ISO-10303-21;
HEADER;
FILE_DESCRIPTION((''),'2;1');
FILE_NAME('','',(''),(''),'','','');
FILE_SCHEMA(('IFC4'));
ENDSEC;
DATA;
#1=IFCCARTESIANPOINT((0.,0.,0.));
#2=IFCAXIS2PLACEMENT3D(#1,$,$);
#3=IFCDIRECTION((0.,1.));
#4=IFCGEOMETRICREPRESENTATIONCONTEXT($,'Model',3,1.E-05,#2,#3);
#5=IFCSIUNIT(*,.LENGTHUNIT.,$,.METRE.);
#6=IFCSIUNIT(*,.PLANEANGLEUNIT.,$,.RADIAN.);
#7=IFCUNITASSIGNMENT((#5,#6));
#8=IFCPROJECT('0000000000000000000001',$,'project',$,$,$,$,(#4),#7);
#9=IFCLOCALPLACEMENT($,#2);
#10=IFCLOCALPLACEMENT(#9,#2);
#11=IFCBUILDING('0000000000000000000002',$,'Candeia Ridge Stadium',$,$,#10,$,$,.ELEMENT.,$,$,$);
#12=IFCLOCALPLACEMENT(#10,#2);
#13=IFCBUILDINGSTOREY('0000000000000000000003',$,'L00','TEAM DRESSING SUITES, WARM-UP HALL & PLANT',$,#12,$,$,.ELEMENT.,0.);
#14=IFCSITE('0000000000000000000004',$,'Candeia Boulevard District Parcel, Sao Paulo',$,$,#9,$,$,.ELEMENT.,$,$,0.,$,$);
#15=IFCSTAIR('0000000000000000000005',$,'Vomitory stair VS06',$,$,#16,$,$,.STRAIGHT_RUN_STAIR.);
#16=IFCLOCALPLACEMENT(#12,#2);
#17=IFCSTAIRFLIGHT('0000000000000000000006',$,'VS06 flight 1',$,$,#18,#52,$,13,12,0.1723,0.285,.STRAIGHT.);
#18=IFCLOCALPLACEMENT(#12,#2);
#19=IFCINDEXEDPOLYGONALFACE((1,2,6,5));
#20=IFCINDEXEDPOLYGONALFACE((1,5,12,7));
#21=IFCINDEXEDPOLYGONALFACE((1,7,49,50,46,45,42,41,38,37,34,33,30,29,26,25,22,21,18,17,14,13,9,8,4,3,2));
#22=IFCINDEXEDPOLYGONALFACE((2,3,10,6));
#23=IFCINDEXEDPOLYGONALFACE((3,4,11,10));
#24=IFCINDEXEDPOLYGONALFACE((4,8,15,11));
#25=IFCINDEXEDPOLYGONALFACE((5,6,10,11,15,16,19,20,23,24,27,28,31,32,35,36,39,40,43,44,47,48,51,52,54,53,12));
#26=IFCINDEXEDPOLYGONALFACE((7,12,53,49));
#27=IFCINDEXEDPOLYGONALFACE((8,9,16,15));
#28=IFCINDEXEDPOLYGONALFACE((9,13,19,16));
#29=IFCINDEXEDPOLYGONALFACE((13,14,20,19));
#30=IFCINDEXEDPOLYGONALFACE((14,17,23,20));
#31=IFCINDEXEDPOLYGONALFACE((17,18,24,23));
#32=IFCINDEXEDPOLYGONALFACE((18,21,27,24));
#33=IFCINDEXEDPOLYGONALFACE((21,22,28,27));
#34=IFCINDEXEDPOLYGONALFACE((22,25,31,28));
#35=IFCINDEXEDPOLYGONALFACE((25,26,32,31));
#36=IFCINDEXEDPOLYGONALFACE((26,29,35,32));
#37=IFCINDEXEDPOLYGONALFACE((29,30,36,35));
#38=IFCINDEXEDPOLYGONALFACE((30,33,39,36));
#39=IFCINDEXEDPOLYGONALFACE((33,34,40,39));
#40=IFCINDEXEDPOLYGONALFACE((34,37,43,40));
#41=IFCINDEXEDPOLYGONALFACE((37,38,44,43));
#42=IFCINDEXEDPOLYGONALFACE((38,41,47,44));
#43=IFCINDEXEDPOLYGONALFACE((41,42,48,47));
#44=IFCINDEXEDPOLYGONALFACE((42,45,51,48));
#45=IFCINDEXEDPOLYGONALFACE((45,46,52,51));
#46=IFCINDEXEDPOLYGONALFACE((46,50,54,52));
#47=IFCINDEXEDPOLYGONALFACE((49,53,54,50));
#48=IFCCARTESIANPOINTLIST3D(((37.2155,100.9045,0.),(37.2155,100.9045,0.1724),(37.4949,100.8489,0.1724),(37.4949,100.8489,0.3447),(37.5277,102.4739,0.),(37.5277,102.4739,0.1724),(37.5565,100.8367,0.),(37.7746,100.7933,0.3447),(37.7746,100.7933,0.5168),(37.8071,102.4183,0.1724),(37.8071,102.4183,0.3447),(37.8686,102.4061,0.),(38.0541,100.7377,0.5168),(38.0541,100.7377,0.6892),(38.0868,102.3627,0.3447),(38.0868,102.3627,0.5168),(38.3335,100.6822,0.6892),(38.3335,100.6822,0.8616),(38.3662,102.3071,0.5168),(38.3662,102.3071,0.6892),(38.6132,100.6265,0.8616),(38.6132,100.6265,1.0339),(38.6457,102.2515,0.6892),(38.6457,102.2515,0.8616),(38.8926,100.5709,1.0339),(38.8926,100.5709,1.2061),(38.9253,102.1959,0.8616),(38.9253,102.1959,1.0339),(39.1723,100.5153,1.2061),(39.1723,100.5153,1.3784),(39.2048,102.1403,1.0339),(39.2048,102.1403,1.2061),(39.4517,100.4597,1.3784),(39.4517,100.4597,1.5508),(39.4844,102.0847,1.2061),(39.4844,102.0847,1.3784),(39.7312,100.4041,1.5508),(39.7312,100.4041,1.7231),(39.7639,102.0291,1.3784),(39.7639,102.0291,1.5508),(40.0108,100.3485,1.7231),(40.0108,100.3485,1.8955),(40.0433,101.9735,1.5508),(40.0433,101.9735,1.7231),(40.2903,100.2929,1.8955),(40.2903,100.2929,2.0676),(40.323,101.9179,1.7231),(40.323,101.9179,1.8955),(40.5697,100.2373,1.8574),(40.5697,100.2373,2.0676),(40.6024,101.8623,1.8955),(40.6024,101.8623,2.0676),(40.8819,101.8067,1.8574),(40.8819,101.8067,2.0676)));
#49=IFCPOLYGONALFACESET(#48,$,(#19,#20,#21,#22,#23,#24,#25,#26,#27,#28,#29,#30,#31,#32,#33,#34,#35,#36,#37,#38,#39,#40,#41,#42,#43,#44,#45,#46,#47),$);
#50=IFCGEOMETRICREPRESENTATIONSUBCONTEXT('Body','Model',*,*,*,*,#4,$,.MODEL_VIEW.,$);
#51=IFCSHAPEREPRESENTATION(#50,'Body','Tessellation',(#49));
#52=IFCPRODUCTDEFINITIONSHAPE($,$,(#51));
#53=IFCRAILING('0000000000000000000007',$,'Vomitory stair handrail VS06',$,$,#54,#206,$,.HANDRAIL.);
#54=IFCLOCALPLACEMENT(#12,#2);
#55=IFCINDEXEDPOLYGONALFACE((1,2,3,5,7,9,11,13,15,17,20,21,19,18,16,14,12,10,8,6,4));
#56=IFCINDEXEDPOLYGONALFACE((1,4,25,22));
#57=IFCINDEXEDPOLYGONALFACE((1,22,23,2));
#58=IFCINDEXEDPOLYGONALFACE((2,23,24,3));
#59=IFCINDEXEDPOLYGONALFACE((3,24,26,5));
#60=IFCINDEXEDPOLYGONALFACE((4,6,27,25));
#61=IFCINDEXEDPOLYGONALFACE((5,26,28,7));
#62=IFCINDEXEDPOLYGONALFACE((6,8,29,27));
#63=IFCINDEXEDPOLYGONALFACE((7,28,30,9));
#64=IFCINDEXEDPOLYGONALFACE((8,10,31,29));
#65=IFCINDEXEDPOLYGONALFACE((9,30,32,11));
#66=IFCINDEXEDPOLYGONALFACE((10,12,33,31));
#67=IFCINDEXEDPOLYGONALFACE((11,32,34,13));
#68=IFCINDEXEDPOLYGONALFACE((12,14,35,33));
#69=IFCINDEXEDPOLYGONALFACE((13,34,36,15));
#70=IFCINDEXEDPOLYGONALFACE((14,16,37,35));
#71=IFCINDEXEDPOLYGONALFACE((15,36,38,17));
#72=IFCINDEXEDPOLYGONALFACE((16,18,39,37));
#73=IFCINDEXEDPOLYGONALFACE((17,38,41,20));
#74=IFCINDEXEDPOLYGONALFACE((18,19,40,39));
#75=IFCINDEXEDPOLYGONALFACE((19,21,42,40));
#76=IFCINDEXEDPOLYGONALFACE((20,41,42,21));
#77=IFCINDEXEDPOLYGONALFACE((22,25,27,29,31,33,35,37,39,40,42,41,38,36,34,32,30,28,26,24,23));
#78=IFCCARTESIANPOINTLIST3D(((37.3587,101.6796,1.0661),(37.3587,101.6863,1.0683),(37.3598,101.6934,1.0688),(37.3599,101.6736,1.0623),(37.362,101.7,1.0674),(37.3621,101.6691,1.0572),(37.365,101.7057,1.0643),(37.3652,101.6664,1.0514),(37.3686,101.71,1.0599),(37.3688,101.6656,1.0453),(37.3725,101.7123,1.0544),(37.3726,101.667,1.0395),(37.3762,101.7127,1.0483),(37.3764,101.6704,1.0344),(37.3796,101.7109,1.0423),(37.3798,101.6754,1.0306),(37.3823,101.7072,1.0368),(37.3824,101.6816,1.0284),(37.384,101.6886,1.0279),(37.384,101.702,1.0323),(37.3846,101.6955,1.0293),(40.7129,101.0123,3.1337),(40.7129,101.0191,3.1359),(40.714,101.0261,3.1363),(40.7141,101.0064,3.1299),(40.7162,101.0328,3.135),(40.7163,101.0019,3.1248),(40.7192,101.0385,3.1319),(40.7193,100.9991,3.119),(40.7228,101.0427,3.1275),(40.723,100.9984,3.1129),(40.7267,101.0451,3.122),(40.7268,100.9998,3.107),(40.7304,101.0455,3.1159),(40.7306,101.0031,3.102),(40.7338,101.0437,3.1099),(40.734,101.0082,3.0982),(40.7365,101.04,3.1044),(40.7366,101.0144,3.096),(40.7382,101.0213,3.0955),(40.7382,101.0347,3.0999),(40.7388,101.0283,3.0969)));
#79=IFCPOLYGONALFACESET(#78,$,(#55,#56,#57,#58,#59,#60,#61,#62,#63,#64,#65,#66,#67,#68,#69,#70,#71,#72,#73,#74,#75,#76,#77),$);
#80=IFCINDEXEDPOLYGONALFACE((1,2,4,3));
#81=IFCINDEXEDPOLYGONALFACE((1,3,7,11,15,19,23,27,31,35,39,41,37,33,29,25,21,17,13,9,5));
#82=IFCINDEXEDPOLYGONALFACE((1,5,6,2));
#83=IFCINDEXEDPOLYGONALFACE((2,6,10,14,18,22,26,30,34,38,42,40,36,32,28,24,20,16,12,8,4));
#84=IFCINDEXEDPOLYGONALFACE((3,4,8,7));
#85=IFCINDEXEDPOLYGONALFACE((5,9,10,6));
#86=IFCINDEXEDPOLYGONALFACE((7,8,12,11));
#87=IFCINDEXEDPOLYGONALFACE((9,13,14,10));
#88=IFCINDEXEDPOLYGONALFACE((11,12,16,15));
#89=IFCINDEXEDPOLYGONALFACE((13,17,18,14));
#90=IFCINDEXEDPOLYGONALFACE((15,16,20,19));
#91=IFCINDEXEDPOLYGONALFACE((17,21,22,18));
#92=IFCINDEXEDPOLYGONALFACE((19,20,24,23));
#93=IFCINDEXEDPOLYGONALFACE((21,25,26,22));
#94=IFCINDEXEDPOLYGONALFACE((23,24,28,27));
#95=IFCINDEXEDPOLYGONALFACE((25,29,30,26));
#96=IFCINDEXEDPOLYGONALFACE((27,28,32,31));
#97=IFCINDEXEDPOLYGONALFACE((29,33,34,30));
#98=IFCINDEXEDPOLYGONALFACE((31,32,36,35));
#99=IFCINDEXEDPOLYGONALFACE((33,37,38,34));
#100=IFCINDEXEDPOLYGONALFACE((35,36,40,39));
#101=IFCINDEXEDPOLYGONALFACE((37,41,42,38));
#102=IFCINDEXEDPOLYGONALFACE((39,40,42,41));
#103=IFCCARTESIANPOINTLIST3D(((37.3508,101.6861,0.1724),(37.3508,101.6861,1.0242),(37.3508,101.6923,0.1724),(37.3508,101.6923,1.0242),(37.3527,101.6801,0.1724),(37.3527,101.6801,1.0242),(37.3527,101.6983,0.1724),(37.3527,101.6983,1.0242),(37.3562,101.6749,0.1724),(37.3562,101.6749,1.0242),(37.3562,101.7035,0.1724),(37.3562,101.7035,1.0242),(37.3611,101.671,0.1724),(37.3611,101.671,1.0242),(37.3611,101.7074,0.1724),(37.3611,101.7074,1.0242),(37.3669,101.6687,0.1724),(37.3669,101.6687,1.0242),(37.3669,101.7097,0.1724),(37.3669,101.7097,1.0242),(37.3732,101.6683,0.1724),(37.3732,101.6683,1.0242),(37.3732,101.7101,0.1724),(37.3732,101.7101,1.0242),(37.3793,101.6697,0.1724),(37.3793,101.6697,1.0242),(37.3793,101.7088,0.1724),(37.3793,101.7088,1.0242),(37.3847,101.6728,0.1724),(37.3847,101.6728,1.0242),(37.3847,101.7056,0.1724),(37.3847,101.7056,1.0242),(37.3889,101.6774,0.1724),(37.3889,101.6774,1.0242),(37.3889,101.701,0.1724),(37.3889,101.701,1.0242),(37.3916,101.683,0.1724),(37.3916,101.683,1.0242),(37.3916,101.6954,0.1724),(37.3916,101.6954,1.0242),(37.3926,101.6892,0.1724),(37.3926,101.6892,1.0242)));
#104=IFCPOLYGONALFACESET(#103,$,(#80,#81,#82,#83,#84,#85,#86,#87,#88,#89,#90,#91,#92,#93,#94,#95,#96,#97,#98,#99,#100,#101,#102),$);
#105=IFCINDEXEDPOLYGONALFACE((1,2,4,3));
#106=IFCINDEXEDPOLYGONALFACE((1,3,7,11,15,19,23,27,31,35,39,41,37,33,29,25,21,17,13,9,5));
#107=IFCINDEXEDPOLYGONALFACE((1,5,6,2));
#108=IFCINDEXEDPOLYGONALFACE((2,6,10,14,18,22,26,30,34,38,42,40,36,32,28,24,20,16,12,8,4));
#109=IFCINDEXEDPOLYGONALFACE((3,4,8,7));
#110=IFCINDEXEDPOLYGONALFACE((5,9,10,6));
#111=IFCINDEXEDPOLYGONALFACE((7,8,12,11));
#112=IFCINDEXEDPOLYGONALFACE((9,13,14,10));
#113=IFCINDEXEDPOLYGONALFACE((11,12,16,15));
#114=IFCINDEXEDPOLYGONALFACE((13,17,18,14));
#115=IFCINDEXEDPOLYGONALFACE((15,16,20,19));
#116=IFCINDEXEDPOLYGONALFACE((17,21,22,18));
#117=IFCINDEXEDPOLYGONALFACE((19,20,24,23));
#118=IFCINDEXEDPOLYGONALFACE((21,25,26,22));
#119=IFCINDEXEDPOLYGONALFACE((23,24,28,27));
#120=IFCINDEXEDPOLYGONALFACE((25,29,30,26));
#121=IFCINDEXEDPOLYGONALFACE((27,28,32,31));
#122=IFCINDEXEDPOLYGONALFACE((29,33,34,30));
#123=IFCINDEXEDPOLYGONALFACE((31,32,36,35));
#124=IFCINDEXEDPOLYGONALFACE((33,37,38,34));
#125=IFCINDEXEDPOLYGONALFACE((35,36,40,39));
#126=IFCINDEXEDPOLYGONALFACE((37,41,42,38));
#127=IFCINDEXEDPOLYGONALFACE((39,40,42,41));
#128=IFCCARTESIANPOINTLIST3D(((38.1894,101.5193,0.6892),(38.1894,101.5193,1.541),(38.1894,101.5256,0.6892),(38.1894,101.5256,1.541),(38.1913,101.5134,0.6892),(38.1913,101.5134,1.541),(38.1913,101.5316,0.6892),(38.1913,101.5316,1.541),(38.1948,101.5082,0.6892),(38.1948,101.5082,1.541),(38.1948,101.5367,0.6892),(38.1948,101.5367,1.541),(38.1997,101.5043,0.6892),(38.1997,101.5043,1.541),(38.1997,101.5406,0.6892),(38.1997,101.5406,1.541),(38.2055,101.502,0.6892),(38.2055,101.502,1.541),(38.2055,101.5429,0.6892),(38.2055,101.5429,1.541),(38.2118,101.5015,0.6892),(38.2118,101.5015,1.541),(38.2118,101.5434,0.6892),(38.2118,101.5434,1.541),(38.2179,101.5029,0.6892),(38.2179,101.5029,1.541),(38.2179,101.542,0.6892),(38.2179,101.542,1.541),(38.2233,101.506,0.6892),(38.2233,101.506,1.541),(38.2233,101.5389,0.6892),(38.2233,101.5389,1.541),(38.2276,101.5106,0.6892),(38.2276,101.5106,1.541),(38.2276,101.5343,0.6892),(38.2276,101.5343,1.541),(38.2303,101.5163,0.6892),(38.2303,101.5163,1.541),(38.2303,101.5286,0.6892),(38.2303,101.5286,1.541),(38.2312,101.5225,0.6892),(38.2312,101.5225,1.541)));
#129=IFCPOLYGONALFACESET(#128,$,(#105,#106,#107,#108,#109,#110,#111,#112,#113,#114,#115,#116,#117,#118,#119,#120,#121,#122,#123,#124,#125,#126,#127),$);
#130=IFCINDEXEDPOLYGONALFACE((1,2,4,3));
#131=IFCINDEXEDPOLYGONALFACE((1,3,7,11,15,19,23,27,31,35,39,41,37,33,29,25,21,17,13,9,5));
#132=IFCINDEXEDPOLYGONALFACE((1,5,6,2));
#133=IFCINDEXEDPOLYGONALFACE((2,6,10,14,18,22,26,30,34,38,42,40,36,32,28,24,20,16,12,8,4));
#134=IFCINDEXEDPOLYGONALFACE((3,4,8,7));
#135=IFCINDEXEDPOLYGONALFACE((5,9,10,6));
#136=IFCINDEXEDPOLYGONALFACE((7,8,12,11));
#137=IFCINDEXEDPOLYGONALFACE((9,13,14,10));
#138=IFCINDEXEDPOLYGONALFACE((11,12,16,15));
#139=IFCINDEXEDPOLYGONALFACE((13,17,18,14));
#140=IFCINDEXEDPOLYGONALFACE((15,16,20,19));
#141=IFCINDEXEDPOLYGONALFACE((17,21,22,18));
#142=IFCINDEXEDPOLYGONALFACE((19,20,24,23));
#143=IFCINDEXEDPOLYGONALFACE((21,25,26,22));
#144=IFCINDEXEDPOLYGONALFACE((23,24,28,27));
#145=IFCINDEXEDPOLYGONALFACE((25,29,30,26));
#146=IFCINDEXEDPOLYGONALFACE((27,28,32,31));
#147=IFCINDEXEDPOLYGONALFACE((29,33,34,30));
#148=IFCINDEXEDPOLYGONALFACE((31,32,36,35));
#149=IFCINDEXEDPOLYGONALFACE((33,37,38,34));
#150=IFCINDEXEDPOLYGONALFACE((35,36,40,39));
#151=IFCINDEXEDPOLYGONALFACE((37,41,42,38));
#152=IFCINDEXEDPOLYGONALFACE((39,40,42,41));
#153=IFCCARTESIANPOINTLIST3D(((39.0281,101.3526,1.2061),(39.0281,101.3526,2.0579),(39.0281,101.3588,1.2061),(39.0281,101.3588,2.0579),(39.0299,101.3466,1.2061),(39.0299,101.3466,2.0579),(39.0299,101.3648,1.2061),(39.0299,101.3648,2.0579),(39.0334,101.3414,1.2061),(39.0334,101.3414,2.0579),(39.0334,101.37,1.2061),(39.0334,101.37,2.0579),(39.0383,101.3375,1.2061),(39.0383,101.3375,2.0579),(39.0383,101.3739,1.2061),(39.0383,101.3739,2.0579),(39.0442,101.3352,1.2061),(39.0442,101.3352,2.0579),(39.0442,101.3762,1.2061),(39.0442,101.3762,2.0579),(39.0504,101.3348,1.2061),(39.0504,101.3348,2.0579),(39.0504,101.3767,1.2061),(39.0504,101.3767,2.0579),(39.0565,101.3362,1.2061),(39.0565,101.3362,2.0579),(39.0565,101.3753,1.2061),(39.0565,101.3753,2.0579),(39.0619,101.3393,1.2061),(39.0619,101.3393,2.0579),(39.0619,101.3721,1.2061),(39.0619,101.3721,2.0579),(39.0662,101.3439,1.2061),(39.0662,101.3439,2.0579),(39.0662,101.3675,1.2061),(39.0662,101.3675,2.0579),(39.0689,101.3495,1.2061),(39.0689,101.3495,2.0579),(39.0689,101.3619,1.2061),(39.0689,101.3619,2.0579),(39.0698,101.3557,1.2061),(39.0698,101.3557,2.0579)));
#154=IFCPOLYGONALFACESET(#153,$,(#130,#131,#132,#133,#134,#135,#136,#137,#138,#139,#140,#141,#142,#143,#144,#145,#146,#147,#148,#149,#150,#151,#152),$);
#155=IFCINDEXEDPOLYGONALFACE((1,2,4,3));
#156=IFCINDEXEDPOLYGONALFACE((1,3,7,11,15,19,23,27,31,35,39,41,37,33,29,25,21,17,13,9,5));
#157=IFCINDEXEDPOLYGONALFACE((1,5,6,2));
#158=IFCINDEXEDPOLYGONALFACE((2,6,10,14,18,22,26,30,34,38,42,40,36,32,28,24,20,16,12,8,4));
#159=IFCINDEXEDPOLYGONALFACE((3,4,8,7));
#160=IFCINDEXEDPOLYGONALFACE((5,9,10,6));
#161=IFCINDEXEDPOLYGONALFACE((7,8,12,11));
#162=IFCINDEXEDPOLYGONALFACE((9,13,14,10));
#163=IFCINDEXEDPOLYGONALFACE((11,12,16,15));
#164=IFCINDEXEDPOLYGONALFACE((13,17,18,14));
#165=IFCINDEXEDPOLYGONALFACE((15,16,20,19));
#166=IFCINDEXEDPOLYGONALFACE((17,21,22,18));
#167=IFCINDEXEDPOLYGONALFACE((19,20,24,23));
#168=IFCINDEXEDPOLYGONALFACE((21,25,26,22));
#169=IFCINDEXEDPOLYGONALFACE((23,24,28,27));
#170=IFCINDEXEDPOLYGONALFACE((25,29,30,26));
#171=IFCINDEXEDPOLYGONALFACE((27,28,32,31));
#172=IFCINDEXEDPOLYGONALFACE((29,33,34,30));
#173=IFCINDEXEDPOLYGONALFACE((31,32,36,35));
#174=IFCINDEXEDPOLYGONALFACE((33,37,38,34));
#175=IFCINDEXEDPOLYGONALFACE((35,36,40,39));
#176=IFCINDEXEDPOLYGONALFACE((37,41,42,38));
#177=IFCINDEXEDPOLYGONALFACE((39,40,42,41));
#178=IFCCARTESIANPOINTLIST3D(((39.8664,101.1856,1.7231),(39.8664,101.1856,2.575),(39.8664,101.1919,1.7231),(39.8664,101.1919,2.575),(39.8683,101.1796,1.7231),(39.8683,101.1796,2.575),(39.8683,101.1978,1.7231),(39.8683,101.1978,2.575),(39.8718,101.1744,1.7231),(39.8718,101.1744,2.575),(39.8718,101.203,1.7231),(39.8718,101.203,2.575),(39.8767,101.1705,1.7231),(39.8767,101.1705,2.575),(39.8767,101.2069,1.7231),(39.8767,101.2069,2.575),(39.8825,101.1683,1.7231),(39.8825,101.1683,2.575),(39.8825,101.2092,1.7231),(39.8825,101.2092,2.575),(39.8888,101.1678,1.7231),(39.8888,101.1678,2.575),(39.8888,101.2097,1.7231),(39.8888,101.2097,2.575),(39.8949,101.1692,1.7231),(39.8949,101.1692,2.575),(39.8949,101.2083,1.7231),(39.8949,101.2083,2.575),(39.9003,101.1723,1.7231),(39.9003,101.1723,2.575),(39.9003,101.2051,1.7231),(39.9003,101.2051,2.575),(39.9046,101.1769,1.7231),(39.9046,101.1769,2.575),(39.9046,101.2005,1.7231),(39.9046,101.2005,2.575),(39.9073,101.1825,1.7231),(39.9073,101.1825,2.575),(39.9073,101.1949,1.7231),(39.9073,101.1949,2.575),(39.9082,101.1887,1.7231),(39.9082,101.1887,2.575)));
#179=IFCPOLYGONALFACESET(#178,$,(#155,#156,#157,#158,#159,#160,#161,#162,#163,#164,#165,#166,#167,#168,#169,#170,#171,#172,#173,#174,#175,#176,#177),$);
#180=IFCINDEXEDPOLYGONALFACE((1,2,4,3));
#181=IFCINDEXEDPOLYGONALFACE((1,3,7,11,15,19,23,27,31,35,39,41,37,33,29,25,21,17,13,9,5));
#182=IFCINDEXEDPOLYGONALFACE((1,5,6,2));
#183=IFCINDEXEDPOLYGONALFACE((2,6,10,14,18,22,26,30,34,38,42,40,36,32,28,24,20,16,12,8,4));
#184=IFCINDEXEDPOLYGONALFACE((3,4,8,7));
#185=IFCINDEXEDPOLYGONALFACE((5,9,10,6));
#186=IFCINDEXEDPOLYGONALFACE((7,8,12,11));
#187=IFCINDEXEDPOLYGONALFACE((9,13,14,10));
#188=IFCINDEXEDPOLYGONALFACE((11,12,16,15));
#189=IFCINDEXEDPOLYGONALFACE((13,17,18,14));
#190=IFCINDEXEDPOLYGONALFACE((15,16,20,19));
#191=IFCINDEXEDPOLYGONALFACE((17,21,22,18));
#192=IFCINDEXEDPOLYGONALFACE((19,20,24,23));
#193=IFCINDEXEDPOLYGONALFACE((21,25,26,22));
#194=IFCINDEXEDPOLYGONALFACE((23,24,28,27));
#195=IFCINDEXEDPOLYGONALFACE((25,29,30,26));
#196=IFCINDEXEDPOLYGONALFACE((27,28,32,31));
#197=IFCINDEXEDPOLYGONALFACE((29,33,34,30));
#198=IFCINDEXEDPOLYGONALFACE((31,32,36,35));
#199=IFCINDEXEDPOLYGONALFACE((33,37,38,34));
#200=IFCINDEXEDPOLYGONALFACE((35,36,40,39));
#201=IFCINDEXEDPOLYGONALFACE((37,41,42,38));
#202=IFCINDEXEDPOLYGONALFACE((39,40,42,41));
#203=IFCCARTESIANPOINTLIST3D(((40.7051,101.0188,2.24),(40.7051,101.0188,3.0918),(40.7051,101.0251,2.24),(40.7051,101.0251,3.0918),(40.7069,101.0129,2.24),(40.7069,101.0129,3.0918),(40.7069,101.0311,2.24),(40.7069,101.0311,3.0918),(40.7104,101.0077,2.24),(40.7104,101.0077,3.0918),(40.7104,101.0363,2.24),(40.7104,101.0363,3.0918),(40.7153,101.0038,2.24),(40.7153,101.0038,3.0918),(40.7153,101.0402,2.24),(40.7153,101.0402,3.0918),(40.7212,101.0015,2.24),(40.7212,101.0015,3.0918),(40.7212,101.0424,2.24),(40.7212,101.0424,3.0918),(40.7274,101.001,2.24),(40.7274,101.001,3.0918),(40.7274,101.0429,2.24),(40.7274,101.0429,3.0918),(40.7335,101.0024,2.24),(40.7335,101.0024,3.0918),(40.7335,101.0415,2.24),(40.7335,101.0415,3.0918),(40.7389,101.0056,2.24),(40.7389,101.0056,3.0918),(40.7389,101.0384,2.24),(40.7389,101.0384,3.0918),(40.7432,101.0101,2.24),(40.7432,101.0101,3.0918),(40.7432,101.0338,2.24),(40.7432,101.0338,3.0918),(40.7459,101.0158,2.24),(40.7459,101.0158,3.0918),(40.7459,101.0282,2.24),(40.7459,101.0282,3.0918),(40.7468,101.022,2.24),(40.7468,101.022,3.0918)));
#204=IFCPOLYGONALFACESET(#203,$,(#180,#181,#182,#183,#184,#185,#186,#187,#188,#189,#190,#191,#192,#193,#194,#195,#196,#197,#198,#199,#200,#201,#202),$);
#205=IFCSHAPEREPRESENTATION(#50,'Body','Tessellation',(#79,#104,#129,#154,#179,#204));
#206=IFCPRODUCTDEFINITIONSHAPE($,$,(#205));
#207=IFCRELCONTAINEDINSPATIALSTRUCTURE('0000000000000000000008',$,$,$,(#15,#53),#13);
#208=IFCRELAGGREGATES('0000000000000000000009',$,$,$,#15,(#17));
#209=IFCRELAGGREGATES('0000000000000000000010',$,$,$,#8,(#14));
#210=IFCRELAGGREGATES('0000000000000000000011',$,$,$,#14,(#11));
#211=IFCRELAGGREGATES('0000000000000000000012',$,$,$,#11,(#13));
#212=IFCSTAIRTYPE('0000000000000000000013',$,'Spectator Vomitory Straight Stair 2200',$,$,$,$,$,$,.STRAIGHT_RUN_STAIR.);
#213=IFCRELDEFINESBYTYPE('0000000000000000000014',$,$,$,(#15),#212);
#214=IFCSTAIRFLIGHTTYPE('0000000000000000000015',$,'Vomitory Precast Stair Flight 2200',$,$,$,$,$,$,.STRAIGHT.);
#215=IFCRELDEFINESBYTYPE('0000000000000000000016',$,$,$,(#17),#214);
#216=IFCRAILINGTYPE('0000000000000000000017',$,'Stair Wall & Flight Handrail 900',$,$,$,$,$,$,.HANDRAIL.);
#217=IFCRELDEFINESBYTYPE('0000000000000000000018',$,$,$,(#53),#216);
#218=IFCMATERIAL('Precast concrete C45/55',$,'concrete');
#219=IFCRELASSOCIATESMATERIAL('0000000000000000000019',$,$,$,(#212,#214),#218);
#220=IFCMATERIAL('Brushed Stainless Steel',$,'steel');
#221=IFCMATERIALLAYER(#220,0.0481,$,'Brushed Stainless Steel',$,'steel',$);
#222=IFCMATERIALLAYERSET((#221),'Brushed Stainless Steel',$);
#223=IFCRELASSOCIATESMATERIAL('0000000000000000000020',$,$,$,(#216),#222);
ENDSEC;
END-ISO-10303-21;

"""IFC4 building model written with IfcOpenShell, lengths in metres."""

from ifc_helpers import new_model, si_unit, direction, frame, origin, origin_2d, place, context, subcontext, project, spatial, polyline, circle, outline, extrude, material, layer, layer_set, type_object, element, aggregate, save


model = new_model("IFC4")

# Units and contexts
model_context = context("Model", 3, precision=1e-05, world=origin(), true_north=direction((0.0, 1.0)))
body_context = subcontext(model_context, "Body", "Model", "MODEL_VIEW")
ifc_project = project(units=[si_unit("LENGTHUNIT", "METRE"), si_unit("PLANEANGLEUNIT", "RADIAN")], contexts=[model_context])

# Site, building, storey
site_placement = place(None, origin())
site = spatial("IfcSite", under=ifc_project, at=site_placement, Name="Candeia Boulevard District Parcel, Sao Paulo", CompositionType="ELEMENT", RefElevation=0.0)
building_placement = place(site_placement, origin())
building = spatial("IfcBuilding", under=site, at=building_placement, Name="Candeia Ridge Stadium", CompositionType="ELEMENT")
storey_placement = place(building_placement, origin())
storey = spatial("IfcBuildingStorey", under=building, at=storey_placement, Name="L00", Description="TEAM DRESSING SUITES, WARM-UP HALL & PLANT", CompositionType="ELEMENT", Elevation=0.0)

# Shared definitions
ifc_material_1 = material(Name="Precast concrete C45/55", Category="concrete")

# Stair, stair flight
stair_type = type_object("IfcStairType", Name="Spectator Vomitory Straight Stair 2200", PredefinedType="STRAIGHT_RUN_STAIR", material=ifc_material_1)
stair_placement = place(storey_placement, origin())
stair = element("IfcStair", 1, at=stair_placement, inside=storey, type_object=stair_type, Name="Vomitory stair VS06", PredefinedType="STRAIGHT_RUN_STAIR")
stair_flight_type = type_object("IfcStairFlightType", Name="Vomitory Precast Stair Flight 2200", PredefinedType="STRAIGHT", material=ifc_material_1)
stair_flight_placement = place(storey_placement, frame((37.3716, 101.6892, 0.0), z_axis=(0.0, 0.0, 1.0), x_axis=(0.980785, -0.19509, 0.0)))
stair_flight = element("IfcStairFlight", 2, at=stair_flight_placement, type_object=stair_flight_type, Name="VS06 flight 1", NumberOfRisers=13, NumberOfTreads=12, PredefinedType="STRAIGHT", RiserHeight=0.1723, TreadLength=0.285, context=body_context, shape_type="SweptSolid", body=[
    extrude(outline(polyline([(0.0, 0.0), (0.0, 0.1724), (0.2849, 0.1724), (0.2849, 0.3447), (0.5701, 0.3447), (0.5701, 0.5168), (0.855, 0.5168), (0.855, 0.6892), (1.1399, 0.6892), (1.1399, 0.8616), (1.425, 0.8616), (1.425, 1.0339), (1.71, 1.0339), (1.71, 1.2061), (1.9951, 1.2061), (1.9951, 1.3784), (2.28, 1.3784), (2.28, 1.5508), (2.5649, 1.5508), (2.5649, 1.7231), (2.8501, 1.7231), (2.8501, 1.8955), (3.135, 1.8955), (3.135, 2.0676), (3.4199, 2.0676), (3.4199, 2.24), (3.4199, 1.8574), (0.3477, 0.0), (0.0, 0.0)])), frame((0.0, 0.8, 0.0), z_axis=(0.0, -1.0, 0.0), x_axis=(1.0, 0.0, 0.0)), (0.0, 0.0, 1.0), 1.6001),
])
aggregate(stair, [stair_flight])

# Railing
ifc_material_2 = material(Name="Brushed Stainless Steel", Category="steel")
ifc_layer_1 = layer(ifc_material_2, 0.0481, Name="Brushed Stainless Steel", Category="steel")
ifc_layer_set_1 = layer_set([ifc_layer_1], Name="Brushed Stainless Steel")
railing_type_1 = type_object("IfcRailingType", Name="Stair Wall & Flight Handrail 900", PredefinedType="HANDRAIL", material=ifc_layer_set_1)
railing_1_placement = place(storey_placement, frame((37.3716, 101.6892, 0.1724)))
element("IfcRailing", 3, at=railing_1_placement, inside=storey, type_object=railing_type_1, Name="Vomitory stair handrail VS06", PredefinedType="HANDRAIL", context=body_context, shape_type="SweptSolid", body=[
    extrude(circle(Radius=0.0239, at=origin_2d()), frame((0.0, 0.0, 0.876), z_axis=(0.839316, -0.166959, 0.517372), x_axis=(0.1951, 0.980783, 0.0)), (0.0, 0.0, 1.0), 3.9963),
    extrude(circle(Radius=0.021, at=origin_2d()), origin(), (0.0, 0.0, 1.0), 0.8518),
    extrude(circle(Radius=0.021, at=origin_2d()), frame((0.8386, -0.1667, 0.5168)), (0.0, 0.0, 1.0), 0.8518),
    extrude(circle(Radius=0.021, at=origin_2d()), frame((1.6772, -0.3335, 1.0337)), (0.0, 0.0, 1.0), 0.8518),
    extrude(circle(Radius=0.021, at=origin_2d()), frame((2.5156, -0.5005, 1.5508)), (0.0, 0.0, 1.0), 0.8518),
    extrude(circle(Radius=0.021, at=origin_2d()), frame((3.3542, -0.6672, 2.0676)), (0.0, 0.0, 1.0), 0.8518),
])

save(model, "model.ifc")
